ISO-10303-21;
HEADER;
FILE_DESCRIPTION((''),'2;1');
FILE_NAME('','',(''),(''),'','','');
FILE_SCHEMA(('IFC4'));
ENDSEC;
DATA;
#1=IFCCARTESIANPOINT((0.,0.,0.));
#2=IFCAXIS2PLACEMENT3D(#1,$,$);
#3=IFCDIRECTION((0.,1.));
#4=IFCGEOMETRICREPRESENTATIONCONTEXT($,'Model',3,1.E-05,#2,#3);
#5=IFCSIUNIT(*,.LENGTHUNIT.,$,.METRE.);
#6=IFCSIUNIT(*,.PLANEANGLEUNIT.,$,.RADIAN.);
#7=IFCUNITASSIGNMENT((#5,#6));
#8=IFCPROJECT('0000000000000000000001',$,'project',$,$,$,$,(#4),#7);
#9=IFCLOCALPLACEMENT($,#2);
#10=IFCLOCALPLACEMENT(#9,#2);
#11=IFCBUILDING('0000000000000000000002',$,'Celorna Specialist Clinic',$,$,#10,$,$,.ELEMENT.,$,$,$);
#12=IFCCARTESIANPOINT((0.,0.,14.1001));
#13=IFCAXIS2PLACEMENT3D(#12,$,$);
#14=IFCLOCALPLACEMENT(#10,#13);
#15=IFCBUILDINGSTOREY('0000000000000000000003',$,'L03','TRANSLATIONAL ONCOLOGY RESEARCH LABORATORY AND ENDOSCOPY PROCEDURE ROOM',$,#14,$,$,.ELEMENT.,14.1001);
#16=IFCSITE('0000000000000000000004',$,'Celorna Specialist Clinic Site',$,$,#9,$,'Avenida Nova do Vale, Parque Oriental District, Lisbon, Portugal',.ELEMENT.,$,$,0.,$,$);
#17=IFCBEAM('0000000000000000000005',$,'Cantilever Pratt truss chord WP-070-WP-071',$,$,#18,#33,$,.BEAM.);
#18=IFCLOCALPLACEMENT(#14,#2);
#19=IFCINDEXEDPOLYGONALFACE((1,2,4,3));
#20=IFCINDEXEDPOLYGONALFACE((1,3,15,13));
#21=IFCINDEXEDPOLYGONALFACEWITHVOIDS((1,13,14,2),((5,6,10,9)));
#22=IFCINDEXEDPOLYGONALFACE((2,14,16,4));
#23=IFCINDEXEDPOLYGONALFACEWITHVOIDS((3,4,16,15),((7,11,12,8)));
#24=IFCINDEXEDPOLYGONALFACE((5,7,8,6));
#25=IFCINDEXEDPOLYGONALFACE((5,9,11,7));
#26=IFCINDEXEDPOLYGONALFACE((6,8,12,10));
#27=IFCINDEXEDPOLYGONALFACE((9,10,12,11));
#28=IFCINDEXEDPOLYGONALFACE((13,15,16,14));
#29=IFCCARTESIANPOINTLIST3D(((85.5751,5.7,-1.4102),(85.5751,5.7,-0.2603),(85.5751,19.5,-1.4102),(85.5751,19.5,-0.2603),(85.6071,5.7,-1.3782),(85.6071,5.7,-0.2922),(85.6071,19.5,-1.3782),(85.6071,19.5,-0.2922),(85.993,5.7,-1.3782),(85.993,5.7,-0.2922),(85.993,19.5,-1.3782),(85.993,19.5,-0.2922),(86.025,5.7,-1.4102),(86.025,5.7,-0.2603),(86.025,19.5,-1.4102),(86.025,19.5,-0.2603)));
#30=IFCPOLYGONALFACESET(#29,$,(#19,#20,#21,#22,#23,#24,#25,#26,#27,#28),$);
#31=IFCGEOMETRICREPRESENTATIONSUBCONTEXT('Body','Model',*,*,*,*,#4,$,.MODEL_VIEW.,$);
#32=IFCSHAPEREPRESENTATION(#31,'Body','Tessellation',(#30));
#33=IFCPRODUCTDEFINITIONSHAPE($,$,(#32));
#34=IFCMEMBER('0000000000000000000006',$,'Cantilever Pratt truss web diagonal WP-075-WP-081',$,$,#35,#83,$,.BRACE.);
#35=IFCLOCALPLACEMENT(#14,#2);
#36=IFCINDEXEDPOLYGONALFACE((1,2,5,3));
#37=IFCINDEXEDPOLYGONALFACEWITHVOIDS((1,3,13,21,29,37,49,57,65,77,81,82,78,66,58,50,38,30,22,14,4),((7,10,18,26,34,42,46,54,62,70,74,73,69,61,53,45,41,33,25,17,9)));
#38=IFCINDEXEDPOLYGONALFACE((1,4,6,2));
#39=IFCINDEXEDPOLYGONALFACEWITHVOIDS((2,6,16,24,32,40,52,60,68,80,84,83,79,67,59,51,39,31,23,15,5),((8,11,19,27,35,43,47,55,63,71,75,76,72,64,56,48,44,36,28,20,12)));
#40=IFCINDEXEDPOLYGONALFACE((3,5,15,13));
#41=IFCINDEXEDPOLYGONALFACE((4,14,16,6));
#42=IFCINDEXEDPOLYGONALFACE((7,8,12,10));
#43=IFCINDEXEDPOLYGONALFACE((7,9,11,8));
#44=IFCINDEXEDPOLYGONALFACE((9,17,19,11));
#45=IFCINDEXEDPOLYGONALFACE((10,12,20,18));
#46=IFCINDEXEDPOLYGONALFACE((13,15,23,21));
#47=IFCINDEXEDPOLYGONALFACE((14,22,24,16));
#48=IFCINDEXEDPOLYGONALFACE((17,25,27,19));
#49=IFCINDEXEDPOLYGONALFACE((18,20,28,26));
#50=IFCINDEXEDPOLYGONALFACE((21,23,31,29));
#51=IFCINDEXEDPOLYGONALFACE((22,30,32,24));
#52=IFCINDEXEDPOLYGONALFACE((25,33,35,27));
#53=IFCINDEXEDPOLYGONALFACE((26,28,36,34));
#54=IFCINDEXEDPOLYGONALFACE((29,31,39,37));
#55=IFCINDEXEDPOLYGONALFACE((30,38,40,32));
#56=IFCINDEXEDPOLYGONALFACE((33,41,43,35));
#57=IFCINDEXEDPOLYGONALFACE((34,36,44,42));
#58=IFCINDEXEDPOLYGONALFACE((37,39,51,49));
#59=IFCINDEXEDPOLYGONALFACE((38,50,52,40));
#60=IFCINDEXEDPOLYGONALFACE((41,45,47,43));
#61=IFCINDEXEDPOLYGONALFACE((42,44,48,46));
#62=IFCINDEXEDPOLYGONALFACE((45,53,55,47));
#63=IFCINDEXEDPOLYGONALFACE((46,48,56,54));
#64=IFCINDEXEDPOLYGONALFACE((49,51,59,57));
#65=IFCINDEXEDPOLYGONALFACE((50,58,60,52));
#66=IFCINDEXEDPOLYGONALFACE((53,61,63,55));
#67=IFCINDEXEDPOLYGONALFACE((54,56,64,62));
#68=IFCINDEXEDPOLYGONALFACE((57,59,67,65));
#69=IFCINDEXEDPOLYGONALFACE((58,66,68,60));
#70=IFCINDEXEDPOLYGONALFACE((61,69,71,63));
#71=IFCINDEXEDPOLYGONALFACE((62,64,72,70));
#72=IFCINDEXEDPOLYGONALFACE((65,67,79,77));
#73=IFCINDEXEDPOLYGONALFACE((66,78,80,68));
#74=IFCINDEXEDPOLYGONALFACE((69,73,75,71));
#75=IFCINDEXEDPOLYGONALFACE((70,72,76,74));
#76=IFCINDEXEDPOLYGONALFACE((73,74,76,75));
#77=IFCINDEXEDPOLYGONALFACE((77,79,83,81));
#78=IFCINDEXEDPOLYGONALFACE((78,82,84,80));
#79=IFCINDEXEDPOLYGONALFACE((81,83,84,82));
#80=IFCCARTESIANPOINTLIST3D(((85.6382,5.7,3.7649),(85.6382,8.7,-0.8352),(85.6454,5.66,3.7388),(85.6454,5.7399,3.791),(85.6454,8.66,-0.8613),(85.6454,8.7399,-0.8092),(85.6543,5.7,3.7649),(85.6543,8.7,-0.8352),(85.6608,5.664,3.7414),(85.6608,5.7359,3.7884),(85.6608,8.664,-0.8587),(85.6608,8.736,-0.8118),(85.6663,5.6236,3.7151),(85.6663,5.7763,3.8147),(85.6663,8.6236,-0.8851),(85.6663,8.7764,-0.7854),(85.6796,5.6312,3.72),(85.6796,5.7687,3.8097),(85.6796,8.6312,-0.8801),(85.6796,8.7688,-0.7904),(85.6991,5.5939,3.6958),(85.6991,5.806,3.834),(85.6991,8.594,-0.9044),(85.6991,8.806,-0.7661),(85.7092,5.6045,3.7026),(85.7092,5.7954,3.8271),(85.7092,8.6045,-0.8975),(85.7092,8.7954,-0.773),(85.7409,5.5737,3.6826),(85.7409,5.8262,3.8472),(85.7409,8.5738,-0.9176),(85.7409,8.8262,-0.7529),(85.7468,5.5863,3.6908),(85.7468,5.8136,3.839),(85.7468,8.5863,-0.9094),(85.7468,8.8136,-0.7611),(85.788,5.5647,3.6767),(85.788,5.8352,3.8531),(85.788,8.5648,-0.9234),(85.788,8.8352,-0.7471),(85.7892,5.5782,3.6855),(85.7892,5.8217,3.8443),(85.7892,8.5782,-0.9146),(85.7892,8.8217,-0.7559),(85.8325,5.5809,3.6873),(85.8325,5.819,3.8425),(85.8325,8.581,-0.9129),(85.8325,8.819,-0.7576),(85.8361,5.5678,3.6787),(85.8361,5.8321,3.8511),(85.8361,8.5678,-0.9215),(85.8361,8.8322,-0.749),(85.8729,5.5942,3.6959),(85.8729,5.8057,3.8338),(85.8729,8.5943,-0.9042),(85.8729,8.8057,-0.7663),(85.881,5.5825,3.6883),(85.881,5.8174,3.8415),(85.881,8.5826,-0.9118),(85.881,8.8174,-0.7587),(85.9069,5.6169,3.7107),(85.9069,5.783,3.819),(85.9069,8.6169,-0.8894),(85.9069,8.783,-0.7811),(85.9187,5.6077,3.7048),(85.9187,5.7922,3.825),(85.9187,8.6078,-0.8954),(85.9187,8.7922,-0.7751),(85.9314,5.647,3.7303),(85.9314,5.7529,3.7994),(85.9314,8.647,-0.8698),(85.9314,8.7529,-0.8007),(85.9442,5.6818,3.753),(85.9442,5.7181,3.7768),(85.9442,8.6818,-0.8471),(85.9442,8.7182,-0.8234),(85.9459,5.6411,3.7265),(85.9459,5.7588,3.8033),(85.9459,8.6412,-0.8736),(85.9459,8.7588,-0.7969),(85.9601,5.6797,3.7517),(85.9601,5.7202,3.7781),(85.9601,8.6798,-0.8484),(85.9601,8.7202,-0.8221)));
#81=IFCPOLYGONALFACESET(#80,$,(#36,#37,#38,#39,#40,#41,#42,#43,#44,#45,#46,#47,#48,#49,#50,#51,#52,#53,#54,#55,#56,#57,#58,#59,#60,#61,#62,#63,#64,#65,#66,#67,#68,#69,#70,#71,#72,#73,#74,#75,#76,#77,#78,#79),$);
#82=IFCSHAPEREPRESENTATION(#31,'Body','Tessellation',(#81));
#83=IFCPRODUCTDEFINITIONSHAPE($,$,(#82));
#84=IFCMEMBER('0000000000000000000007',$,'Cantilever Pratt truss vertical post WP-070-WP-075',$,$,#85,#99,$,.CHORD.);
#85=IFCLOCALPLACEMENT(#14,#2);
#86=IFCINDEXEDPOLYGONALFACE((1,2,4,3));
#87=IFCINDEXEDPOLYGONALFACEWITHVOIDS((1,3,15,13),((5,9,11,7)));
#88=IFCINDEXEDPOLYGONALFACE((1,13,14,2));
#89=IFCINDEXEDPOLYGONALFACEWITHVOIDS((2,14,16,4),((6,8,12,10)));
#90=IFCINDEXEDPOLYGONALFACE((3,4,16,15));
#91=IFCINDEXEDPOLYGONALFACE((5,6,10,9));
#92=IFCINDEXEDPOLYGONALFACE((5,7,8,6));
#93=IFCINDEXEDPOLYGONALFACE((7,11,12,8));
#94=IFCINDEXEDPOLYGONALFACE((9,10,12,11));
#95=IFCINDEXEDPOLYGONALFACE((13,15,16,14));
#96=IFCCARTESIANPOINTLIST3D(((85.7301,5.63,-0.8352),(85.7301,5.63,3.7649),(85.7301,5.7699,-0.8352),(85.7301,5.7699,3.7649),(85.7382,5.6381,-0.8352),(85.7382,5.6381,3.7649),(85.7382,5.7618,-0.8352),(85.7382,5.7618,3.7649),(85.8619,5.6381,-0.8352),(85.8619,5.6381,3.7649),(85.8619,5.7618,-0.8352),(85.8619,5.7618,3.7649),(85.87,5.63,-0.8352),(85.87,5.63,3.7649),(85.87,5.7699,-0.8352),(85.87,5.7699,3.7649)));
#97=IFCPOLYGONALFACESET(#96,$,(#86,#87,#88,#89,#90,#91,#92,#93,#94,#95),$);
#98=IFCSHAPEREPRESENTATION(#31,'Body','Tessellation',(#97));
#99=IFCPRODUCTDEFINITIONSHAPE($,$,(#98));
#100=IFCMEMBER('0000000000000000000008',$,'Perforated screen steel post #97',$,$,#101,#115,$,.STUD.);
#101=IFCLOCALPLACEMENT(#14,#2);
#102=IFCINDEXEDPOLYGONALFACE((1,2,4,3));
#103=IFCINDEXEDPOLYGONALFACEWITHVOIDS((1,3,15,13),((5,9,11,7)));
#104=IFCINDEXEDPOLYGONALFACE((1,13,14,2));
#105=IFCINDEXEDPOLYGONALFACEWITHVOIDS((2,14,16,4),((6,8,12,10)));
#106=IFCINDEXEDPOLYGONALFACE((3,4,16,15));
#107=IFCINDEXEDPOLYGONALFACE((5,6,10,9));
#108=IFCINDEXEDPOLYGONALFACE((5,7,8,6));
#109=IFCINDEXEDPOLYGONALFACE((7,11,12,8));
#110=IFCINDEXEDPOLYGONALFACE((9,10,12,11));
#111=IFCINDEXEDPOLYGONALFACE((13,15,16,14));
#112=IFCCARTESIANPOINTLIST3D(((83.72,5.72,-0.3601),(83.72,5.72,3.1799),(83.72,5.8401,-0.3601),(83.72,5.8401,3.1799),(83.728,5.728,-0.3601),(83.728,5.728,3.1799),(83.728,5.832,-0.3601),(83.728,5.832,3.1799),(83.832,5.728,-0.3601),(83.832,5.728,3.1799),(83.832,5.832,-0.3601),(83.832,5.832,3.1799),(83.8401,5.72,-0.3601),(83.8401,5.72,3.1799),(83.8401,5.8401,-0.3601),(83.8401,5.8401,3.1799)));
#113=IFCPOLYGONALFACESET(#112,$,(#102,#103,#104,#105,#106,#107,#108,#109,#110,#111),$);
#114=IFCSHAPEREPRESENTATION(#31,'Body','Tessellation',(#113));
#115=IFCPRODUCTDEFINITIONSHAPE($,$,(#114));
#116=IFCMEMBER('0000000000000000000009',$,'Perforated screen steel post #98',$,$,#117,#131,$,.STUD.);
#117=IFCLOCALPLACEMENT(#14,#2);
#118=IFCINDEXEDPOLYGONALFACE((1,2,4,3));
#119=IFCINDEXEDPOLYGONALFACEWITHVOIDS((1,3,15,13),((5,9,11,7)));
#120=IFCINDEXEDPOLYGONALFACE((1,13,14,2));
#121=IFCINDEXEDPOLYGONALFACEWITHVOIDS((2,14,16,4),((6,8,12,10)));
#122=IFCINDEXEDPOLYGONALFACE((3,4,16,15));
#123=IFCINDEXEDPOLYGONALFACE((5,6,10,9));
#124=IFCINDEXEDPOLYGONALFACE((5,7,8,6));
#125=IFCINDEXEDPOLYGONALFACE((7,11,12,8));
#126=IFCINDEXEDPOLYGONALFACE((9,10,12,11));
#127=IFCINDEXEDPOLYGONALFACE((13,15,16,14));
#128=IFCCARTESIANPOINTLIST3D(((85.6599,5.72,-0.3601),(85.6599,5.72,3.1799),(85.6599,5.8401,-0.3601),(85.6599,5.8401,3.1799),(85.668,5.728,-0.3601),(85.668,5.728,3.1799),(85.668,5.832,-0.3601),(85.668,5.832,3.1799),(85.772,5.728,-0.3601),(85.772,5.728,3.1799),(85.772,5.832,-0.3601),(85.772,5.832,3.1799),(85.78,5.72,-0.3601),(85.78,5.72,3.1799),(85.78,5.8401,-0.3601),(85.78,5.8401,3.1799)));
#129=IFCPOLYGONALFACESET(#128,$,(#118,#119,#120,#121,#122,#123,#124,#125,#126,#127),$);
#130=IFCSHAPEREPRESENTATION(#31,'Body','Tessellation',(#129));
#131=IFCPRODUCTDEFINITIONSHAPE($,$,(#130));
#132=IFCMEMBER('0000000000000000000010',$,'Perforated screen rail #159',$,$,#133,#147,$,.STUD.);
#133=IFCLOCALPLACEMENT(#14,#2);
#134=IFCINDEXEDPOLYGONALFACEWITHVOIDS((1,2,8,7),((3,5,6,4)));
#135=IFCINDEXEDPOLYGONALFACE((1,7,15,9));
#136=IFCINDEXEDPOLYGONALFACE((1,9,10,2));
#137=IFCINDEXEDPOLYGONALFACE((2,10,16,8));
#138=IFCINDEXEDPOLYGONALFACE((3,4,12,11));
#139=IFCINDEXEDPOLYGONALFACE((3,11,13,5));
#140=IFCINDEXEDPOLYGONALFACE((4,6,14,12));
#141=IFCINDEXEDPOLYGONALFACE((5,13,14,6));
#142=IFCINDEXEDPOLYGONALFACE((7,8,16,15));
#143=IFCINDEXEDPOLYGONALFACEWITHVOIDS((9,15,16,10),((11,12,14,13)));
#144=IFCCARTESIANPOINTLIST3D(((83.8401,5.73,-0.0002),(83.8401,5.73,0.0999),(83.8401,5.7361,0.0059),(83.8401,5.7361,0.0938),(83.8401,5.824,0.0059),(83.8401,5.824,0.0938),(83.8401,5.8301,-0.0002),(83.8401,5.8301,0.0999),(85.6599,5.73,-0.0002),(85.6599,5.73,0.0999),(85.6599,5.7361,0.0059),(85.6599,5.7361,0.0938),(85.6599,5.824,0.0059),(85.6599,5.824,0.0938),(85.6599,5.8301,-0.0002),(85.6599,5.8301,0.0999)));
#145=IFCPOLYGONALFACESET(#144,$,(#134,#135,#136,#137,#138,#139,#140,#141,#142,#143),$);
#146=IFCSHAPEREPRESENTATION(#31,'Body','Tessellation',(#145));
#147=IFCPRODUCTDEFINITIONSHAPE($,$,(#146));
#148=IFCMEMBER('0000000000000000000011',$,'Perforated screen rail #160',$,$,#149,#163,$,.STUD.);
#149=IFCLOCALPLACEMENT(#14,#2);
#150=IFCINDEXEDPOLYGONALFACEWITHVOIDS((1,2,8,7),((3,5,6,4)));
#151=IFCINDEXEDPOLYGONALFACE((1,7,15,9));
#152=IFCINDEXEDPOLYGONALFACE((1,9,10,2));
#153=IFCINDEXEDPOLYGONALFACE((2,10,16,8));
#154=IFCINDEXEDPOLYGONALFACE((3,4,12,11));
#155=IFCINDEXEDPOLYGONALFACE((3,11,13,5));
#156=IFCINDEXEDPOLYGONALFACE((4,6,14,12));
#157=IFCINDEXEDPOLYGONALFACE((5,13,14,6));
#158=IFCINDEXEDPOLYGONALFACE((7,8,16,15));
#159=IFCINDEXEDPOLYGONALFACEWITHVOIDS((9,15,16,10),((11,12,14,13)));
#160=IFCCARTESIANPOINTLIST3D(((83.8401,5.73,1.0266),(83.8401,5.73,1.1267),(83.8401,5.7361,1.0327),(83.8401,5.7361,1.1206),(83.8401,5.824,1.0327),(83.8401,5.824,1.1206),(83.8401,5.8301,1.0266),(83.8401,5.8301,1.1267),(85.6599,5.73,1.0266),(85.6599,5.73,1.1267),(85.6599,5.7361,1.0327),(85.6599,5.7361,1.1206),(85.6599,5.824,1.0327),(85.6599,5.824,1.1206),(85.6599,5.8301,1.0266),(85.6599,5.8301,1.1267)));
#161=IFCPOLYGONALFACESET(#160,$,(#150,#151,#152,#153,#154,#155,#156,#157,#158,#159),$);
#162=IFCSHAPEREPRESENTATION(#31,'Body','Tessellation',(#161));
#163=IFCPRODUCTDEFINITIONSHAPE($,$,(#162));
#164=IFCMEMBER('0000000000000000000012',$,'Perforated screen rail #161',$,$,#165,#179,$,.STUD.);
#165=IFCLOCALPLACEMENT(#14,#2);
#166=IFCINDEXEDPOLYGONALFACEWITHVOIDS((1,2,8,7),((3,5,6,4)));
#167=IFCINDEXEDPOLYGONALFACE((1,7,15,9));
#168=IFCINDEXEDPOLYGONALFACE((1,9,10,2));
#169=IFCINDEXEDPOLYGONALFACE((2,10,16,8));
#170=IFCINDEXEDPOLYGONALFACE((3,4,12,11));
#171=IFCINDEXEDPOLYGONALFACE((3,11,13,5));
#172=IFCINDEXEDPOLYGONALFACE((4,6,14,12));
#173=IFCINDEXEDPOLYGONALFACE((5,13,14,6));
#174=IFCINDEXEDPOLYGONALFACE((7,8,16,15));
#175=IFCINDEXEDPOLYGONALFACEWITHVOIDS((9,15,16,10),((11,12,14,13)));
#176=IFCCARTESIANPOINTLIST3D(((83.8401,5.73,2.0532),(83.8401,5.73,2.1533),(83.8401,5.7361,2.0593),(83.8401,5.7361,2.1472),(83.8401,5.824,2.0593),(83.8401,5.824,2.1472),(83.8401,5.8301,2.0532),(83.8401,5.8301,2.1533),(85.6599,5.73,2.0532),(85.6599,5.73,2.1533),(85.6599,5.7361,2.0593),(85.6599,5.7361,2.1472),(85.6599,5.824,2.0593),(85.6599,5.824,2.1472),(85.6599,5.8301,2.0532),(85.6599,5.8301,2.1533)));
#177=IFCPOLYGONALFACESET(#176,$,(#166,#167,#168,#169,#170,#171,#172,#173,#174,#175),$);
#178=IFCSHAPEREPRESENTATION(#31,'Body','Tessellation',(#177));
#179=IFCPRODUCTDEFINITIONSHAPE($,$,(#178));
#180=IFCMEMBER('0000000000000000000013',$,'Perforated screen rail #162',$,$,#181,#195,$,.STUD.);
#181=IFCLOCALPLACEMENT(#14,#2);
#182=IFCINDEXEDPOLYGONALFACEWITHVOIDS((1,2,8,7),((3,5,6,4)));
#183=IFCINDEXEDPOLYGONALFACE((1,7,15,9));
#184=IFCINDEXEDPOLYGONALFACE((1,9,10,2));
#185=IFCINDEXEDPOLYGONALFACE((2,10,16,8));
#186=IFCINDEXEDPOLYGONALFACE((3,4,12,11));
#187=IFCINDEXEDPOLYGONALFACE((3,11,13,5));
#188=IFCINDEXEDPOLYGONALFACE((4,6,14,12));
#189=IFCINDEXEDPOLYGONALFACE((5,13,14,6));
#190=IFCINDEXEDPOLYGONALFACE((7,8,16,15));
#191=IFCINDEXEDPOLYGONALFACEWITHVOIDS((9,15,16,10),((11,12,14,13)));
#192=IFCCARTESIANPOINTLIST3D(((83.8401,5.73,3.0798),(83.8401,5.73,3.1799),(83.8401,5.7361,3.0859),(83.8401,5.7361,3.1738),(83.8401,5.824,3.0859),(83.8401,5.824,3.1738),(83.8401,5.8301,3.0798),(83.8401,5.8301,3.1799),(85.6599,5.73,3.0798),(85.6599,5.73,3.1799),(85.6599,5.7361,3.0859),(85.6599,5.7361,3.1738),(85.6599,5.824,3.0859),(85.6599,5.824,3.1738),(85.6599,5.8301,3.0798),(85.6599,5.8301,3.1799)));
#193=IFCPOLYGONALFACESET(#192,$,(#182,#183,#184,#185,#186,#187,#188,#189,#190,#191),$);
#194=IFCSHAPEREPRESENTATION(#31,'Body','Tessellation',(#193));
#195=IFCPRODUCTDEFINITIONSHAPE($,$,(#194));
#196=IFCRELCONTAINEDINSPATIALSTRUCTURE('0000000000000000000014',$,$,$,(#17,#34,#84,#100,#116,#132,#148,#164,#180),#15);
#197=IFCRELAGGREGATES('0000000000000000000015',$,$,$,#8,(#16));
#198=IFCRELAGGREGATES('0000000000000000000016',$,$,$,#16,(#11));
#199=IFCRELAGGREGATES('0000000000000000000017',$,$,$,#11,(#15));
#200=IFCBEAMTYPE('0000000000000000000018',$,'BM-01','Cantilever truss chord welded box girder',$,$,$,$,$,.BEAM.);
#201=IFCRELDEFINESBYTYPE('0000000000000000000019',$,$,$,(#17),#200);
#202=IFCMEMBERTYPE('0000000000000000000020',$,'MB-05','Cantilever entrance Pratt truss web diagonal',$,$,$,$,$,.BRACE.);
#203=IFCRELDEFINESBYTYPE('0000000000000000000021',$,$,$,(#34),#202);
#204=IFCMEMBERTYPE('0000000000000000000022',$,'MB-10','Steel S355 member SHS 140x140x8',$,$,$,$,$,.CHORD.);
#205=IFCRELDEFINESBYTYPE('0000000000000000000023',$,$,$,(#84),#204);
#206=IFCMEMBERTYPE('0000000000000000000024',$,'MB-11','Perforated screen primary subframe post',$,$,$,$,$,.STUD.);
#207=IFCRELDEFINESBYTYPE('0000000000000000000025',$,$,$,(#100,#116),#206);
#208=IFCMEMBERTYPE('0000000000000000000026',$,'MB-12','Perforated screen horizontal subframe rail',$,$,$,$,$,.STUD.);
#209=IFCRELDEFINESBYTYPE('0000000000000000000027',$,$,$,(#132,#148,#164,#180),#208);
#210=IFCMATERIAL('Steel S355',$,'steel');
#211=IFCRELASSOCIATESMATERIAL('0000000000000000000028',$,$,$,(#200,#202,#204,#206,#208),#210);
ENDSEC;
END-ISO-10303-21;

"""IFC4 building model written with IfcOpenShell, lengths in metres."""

from ifc_helpers import new_model, si_unit, direction, frame, origin, origin_2d, place, context, subcontext, project, spatial, hollow_rectangle, hollow_circle, extrude, material, material_profile, profile_set, type_object, element, save


model = new_model("IFC4")

# Units and contexts
model_context = context("Model", 3, precision=1e-05, world=origin(), true_north=direction((0.0, 1.0)))
body_context = subcontext(model_context, "Body", "Model", "MODEL_VIEW")
ifc_project = project(units=[si_unit("LENGTHUNIT", "METRE"), si_unit("PLANEANGLEUNIT", "RADIAN")], contexts=[model_context])

# Site, building, storey
site_placement = place(None, origin())
site = spatial("IfcSite", under=ifc_project, at=site_placement, Name="Celorna Specialist Clinic Site", LongName="Avenida Nova do Vale, Parque Oriental District, Lisbon, Portugal", CompositionType="ELEMENT", RefElevation=0.0)
building_placement = place(site_placement, origin())
building = spatial("IfcBuilding", under=site, at=building_placement, Name="Celorna Specialist Clinic", CompositionType="ELEMENT")
storey_placement = place(building_placement, frame((0.0, 0.0, 14.1001)))
storey = spatial("IfcBuildingStorey", under=building, at=storey_placement, Name="L03", Description="TRANSLATIONAL ONCOLOGY RESEARCH LABORATORY AND ENDOSCOPY PROCEDURE ROOM", CompositionType="ELEMENT", Elevation=14.1001)

# Beam
ifc_material_1 = material(Name="Steel S355", Category="steel")
ifc_material_profile_1 = material_profile(ifc_material_1, hollow_rectangle(XDim=0.45, YDim=1.1499, WallThickness=0.032, at=origin_2d()), Name="BOX 450x1150x32")
ifc_profile_set_1 = profile_set([ifc_material_profile_1], Name="Steel S355")
beam_type = type_object("IfcBeamType", Name="BM-01", Description="Cantilever truss chord welded box girder", PredefinedType="BEAM", material=ifc_profile_set_1)
beam_placement = place(storey_placement, frame((85.8, 5.7, -0.8352), z_axis=(0.0, 1.0, 0.0), x_axis=(-1.0, 0.0, 0.0)))
element("IfcBeam", 1, at=beam_placement, inside=storey, type_object=beam_type, Name="Cantilever Pratt truss chord WP-070-WP-071", PredefinedType="BEAM", context=body_context, shape_type="SweptSolid", body=[
    extrude(hollow_rectangle(XDim=0.45, YDim=1.1499, WallThickness=0.032, at=origin_2d()), origin(), (0.0, 0.0, 1.0), 13.8),
])

# Members
ifc_material_profile_2 = material_profile(ifc_material_1, hollow_circle(Radius=0.1619, WallThickness=0.0161, at=origin_2d()), Name="CHS 323.9x16")
ifc_profile_set_2 = profile_set([ifc_material_profile_2], Name="Steel S355")
member_type_1 = type_object("IfcMemberType", Name="MB-05", Description="Cantilever entrance Pratt truss web diagonal", PredefinedType="BRACE", material=ifc_profile_set_2)
member_1_placement = place(storey_placement, frame((85.8, 5.7, 3.7649), z_axis=(0.0, 0.54626, -0.837616), x_axis=(-1.0, 0.0, 0.0)))
element("IfcMember", 2, at=member_1_placement, inside=storey, type_object=member_type_1, Name="Cantilever Pratt truss web diagonal WP-075-WP-081", PredefinedType="BRACE", context=body_context, shape_type="SweptSolid", body=[
    extrude(hollow_circle(Radius=0.1619, WallThickness=0.0161, at=origin_2d()), origin(), (0.0, 0.0, 1.0), 5.4919),
])
ifc_material_profile_3 = material_profile(ifc_material_1, hollow_rectangle(XDim=0.1399, YDim=0.1399, WallThickness=0.0081, at=origin_2d()), Name="SHS 140x140x8")
ifc_profile_set_3 = profile_set([ifc_material_profile_3], Name="Steel S355")
member_type_2 = type_object("IfcMemberType", Name="MB-10", Description="Steel S355 member SHS 140x140x8", PredefinedType="CHORD", material=ifc_profile_set_3)
member_2_placement = place(storey_placement, frame((85.8, 5.7, -0.8352), z_axis=(0.0, 0.0, 1.0), x_axis=(1.0, 0.0, 0.0)))
element("IfcMember", 3, at=member_2_placement, inside=storey, type_object=member_type_2, Name="Cantilever Pratt truss vertical post WP-070-WP-075", PredefinedType="CHORD", context=body_context, shape_type="SweptSolid", body=[
    extrude(hollow_rectangle(XDim=0.1399, YDim=0.1399, WallThickness=0.0081, at=origin_2d()), origin(), (0.0, 0.0, 1.0), 4.6001),
])
ifc_material_profile_4 = material_profile(ifc_material_1, hollow_rectangle(XDim=0.1201, YDim=0.1201, WallThickness=0.0081, at=origin_2d()), Name="SHS 120x120x8")
ifc_profile_set_4 = profile_set([ifc_material_profile_4], Name="Steel S355")
member_type_3 = type_object("IfcMemberType", Name="MB-11", Description="Perforated screen primary subframe post", PredefinedType="STUD", material=ifc_profile_set_4)
for number, where, z_axis, x_axis, name in (
    (4, (83.78, 5.78, -0.3601), (0.0, 0.0, 1.0), (1.0, 0.0, 0.0), "Perforated screen steel post #97"),
    (5, (85.72, 5.78, -0.3601), (0.0, 0.0, 1.0), (1.0, 0.0, 0.0), "Perforated screen steel post #98"),
):
    element("IfcMember", number, at=place(storey_placement, frame(where, z_axis=z_axis, x_axis=x_axis)), inside=storey, type_object=member_type_3, Name=name, PredefinedType="STUD", context=body_context, shape_type="SweptSolid", body=[
        extrude(hollow_rectangle(XDim=0.1201, YDim=0.1201, WallThickness=0.0081, at=origin_2d()), origin(), (0.0, 0.0, 1.0), 3.54),
    ])
ifc_material_profile_5 = material_profile(ifc_material_1, hollow_rectangle(XDim=0.1001, YDim=0.1001, WallThickness=0.0061, at=origin_2d()), Name="SHS 100x100x6")
ifc_profile_set_5 = profile_set([ifc_material_profile_5], Name="Steel S355")
member_type_4 = type_object("IfcMemberType", Name="MB-12", Description="Perforated screen horizontal subframe rail", PredefinedType="STUD", material=ifc_profile_set_5)
for number, where, z_axis, x_axis, name in (
    (6, (83.8401, 5.78, 0.0498), (1.0, 0.0, 0.0), (0.0, 1.0, 0.0), "Perforated screen rail #159"),
    (7, (83.8401, 5.78, 1.0767), (1.0, 0.0, 0.0), (0.0, 1.0, 0.0), "Perforated screen rail #160"),
    (8, (83.8401, 5.78, 2.1033), (1.0, 0.0, 0.0), (0.0, 1.0, 0.0), "Perforated screen rail #161"),
    (9, (83.8401, 5.78, 3.1299), (1.0, 0.0, 0.0), (0.0, 1.0, 0.0), "Perforated screen rail #162"),
):
    element("IfcMember", number, at=place(storey_placement, frame(where, z_axis=z_axis, x_axis=x_axis)), inside=storey, type_object=member_type_4, Name=name, PredefinedType="STUD", context=body_context, shape_type="SweptSolid", body=[
        extrude(hollow_rectangle(XDim=0.1001, YDim=0.1001, WallThickness=0.0061, at=origin_2d()), origin(), (0.0, 0.0, 1.0), 1.8198),
    ])

save(model, "model.ifc")
